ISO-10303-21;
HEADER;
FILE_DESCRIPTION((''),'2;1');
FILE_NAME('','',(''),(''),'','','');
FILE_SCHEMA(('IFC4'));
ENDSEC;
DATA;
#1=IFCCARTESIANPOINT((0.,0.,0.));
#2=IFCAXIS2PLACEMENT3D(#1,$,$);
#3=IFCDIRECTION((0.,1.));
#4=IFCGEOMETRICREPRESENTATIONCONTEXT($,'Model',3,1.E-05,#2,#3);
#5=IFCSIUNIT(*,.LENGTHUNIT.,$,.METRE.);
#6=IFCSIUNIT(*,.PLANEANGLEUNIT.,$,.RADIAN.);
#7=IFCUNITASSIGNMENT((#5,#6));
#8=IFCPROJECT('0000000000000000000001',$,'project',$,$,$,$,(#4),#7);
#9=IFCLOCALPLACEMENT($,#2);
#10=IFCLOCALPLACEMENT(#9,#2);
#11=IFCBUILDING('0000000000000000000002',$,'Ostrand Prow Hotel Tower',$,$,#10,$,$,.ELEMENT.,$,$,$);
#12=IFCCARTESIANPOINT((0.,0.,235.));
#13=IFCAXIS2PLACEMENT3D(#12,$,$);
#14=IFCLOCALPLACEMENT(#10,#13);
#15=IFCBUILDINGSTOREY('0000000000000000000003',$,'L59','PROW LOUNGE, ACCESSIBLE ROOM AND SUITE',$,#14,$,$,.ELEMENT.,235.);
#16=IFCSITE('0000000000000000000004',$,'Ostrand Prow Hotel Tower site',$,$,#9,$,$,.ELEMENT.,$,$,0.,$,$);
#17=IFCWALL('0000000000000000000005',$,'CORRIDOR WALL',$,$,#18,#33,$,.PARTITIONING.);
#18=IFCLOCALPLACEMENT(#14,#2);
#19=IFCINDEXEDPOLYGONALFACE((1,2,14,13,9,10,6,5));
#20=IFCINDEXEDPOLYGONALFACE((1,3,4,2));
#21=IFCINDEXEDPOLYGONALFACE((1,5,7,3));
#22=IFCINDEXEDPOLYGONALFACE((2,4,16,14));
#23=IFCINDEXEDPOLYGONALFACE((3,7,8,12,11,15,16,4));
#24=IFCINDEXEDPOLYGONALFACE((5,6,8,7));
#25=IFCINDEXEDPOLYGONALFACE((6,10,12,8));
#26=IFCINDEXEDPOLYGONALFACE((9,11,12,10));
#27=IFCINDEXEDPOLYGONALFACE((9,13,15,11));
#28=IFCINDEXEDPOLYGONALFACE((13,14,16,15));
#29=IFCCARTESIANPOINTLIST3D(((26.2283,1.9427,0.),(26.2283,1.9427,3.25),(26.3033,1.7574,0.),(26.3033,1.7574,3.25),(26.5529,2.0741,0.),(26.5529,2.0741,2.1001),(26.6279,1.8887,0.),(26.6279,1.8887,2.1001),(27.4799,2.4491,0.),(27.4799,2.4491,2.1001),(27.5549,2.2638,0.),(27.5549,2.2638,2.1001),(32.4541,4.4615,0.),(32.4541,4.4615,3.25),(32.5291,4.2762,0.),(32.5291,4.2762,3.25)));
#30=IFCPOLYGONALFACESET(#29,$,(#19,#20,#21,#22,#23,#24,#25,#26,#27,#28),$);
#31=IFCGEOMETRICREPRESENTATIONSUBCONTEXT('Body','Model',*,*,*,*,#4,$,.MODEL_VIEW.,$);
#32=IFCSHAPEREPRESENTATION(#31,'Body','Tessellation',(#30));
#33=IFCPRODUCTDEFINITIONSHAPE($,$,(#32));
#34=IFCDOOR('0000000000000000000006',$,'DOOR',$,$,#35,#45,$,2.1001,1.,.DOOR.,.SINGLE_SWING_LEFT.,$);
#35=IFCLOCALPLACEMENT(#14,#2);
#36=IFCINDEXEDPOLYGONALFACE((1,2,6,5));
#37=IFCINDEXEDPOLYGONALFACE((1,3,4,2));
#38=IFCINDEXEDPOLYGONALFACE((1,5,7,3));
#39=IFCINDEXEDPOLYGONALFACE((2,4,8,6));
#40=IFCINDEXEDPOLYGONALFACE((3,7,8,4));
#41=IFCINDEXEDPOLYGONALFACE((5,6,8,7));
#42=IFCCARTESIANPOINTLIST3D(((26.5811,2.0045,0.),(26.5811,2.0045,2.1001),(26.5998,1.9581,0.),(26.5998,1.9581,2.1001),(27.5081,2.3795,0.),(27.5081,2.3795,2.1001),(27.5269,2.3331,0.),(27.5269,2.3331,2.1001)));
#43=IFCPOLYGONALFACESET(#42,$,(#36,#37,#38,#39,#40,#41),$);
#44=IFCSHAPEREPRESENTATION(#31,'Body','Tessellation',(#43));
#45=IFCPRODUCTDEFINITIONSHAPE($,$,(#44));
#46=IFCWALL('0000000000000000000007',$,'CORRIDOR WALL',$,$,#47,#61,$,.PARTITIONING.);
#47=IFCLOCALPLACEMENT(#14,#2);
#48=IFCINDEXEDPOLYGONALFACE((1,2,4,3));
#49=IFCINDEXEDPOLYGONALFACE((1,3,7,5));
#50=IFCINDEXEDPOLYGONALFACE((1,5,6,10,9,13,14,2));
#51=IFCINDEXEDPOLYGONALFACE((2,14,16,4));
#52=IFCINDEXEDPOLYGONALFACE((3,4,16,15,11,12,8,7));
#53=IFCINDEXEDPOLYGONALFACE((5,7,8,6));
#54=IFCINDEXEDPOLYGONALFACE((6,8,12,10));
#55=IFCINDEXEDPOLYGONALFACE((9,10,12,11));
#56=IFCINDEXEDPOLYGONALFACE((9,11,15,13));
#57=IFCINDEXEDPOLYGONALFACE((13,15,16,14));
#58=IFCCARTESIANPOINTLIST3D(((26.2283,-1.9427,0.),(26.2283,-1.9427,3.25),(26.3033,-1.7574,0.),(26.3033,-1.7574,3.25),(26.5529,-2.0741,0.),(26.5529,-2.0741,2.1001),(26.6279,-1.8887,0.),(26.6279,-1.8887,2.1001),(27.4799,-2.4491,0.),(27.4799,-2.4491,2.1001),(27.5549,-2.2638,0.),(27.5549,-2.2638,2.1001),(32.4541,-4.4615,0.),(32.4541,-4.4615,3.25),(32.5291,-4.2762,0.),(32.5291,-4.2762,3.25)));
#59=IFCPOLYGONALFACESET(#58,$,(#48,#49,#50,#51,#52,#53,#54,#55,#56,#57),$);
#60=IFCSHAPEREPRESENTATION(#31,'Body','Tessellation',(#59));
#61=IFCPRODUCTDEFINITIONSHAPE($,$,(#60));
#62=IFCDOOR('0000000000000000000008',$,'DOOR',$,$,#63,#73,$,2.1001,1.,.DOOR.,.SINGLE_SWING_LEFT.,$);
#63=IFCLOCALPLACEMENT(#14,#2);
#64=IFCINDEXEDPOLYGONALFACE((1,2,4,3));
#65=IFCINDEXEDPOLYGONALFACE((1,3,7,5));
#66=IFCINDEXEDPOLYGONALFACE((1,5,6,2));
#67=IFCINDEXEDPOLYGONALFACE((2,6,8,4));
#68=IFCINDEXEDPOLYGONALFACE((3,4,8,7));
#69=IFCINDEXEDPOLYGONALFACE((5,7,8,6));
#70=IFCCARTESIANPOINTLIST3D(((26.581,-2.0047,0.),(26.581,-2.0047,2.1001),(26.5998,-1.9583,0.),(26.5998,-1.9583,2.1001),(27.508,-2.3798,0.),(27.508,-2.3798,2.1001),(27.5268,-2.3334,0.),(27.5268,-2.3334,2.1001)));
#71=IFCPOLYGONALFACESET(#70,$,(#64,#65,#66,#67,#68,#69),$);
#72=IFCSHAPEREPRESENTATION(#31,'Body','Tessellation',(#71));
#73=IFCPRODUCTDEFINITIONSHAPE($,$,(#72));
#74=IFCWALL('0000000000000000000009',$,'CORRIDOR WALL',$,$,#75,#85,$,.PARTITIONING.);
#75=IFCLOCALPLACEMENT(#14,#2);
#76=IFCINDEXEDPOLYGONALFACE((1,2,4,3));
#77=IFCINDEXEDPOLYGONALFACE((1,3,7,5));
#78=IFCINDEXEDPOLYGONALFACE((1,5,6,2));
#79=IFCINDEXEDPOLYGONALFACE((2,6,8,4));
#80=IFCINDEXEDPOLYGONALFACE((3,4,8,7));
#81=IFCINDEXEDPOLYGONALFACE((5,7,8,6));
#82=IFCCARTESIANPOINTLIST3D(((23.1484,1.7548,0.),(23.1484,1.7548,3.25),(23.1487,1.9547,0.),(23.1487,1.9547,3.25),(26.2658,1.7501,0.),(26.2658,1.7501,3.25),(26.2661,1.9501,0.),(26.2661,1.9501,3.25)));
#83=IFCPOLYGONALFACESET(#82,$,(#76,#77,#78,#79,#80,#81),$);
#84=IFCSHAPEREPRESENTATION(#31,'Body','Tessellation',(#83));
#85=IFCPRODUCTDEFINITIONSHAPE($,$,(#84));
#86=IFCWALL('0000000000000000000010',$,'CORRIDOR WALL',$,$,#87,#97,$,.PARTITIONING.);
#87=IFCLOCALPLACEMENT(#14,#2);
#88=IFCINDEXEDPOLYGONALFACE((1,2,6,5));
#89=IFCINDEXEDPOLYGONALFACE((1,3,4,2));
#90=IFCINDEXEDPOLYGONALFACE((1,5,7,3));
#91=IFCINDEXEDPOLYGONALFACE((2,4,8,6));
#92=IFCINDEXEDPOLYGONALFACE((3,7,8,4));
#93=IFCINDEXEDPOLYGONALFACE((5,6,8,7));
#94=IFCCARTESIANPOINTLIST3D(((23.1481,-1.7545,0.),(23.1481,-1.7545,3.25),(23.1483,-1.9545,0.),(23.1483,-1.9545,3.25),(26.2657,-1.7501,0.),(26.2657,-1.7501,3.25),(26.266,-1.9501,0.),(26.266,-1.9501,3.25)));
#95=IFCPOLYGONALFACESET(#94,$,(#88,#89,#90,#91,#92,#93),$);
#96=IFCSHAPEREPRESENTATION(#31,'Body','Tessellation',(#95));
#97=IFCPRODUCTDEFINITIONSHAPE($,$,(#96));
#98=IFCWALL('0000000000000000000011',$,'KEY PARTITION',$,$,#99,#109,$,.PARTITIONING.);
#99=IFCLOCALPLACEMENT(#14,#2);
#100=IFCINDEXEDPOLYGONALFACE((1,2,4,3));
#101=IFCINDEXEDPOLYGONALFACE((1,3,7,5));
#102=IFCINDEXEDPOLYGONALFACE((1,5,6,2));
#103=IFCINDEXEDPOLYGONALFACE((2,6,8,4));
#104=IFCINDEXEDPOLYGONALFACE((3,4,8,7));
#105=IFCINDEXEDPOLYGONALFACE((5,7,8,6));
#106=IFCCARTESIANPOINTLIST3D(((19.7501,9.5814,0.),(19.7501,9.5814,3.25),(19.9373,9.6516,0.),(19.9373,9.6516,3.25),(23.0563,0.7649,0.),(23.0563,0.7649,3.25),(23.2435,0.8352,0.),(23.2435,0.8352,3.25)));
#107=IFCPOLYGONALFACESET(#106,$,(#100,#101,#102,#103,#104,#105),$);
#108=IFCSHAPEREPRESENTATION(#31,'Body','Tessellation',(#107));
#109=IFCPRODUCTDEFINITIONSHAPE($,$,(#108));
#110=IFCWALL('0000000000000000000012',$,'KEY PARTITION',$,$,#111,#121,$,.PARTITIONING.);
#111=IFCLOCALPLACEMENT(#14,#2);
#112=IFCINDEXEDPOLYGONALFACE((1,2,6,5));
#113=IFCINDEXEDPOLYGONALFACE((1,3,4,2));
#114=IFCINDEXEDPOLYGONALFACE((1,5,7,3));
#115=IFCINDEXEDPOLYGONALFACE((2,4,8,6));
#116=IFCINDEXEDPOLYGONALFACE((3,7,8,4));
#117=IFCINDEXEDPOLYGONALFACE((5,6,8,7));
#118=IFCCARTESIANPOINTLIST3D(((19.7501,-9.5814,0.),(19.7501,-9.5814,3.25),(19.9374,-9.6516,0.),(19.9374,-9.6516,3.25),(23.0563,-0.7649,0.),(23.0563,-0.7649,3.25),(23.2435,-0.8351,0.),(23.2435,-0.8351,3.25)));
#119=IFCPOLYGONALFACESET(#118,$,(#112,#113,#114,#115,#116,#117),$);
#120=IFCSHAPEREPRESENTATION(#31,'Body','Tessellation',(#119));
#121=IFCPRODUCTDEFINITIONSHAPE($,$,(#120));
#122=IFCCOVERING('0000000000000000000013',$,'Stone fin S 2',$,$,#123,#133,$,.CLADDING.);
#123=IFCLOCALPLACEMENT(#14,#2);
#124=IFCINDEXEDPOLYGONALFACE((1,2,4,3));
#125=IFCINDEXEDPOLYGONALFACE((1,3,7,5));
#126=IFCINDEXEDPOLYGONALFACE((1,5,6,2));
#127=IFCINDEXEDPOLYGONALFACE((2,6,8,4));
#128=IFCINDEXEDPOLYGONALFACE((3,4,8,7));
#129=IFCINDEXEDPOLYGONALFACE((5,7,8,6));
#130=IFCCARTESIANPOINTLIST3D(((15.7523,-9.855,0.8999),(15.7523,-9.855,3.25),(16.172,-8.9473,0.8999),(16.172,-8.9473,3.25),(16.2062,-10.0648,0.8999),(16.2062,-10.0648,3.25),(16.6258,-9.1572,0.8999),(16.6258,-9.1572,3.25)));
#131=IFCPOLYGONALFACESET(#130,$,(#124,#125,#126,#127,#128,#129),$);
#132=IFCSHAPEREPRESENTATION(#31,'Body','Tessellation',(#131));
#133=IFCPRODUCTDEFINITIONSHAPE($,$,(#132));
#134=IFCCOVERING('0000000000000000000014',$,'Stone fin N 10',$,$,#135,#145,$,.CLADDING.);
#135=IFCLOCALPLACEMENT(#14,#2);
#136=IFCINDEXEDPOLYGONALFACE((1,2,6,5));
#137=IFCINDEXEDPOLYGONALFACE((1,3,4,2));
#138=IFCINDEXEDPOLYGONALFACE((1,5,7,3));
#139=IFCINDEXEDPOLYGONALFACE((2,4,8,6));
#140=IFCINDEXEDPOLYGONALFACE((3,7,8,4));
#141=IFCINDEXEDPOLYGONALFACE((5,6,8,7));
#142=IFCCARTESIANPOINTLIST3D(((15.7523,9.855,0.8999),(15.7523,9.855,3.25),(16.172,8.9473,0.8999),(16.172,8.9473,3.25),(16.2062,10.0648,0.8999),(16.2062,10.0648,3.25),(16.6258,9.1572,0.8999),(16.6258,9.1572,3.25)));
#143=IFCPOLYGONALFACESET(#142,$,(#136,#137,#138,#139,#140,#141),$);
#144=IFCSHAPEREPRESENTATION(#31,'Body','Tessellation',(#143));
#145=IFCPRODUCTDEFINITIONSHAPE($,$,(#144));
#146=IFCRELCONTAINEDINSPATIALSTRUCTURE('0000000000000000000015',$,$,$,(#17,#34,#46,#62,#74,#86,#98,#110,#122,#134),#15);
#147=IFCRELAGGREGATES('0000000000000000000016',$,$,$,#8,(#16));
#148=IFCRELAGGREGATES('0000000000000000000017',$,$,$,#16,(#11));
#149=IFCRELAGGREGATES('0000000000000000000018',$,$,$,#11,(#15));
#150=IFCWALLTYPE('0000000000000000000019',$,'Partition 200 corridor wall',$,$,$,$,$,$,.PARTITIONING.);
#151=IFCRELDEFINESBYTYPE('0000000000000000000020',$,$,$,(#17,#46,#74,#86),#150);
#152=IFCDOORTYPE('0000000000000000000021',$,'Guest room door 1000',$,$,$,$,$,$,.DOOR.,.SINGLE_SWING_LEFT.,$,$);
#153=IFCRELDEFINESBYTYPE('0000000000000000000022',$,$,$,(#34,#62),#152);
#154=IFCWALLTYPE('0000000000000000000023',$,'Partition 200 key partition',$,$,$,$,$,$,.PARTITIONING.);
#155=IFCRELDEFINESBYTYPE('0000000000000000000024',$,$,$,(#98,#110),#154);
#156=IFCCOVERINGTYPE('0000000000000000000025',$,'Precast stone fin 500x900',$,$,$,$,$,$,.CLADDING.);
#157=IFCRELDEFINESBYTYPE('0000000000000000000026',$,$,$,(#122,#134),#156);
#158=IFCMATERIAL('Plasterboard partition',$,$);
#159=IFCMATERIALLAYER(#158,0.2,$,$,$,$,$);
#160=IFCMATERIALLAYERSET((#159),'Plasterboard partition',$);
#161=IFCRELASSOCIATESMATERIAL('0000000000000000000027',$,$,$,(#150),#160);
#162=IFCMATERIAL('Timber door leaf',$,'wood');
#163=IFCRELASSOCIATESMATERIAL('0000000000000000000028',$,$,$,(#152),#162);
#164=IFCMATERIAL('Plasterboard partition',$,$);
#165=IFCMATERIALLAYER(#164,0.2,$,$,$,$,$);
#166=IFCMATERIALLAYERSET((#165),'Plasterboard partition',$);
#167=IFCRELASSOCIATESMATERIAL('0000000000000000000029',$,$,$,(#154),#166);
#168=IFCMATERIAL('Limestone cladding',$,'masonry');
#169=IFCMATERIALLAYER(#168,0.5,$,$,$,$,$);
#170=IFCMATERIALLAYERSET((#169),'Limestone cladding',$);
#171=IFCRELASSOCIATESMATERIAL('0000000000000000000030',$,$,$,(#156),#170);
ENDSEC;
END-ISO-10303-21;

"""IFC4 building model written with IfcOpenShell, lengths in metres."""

from ifc_helpers import new_model, si_unit, direction, frame, frame_2d, origin, place, context, subcontext, project, spatial, rectangle, extrude, material, layer, layer_set, type_object, element, fill, save


model = new_model("IFC4")

# Units and contexts
model_context = context("Model", 3, precision=1e-05, world=origin(), true_north=direction((0.0, 1.0)))
body_context = subcontext(model_context, "Body", "Model", "MODEL_VIEW")
ifc_project = project(units=[si_unit("LENGTHUNIT", "METRE"), si_unit("PLANEANGLEUNIT", "RADIAN")], contexts=[model_context])

# Site, building, storey
site_placement = place(None, origin())
site = spatial("IfcSite", under=ifc_project, at=site_placement, Name="Ostrand Prow Hotel Tower site", CompositionType="ELEMENT", RefElevation=0.0)
building_placement = place(site_placement, origin())
building = spatial("IfcBuilding", under=site, at=building_placement, Name="Ostrand Prow Hotel Tower", CompositionType="ELEMENT")
storey_placement = place(building_placement, frame((0.0, 0.0, 235.0)))
storey = spatial("IfcBuildingStorey", under=building, at=storey_placement, Name="L59", Description="PROW LOUNGE, ACCESSIBLE ROOM AND SUITE", CompositionType="ELEMENT", Elevation=235.0)

# Walls, openings, doors
ifc_material_1 = material(Name="Plasterboard partition")
ifc_layer_1 = layer(ifc_material_1, 0.2)
ifc_layer_set_1 = layer_set([ifc_layer_1], Name="Plasterboard partition")
wall_type_1 = type_object("IfcWallType", Name="Partition 200 corridor wall", PredefinedType="PARTITIONING", material=ifc_layer_set_1)
wall_1_placement = place(storey_placement, frame((26.2659, 1.8501, 0.0), z_axis=(0.0, 0.0, 1.0), x_axis=(0.927008, 0.375042, 0.0)))
wall_1 = element("IfcWall", 1, at=wall_1_placement, inside=storey, type_object=wall_type_1, Name="CORRIDOR WALL", PredefinedType="PARTITIONING", context=body_context, shape_type="SweptSolid", body=[
    extrude(rectangle(XDim=6.7161, YDim=0.2, at=frame_2d((3.3579, 0.0))), origin(), (0.0, 0.0, 1.0), 3.25),
])
opening_1_placement = place(wall_1_placement, frame((0.3501, 0.0, 0.0)))
opening_1 = element("IfcOpeningElement", 2, at=opening_1_placement, cuts=wall_1, PredefinedType="OPENING", context=body_context, shape_type="SweptSolid", body=[
    extrude(rectangle(XDim=1.0, YDim=2.1001, at=frame_2d((0.5, 1.05))), frame((0.0, 0.1099, 0.0), z_axis=(0.0, -1.0, 0.0), x_axis=(1.0, 0.0, 0.0)), (0.0, 0.0, 1.0), 0.22),
])
ifc_material_2 = material(Name="Timber door leaf", Category="wood")
door_type = type_object("IfcDoorType", Name="Guest room door 1000", OperationType="SINGLE_SWING_LEFT", PredefinedType="DOOR", material=ifc_material_2)
door_1_placement = place(opening_1_placement, origin())
door_1 = element("IfcDoor", 3, at=door_1_placement, inside=storey, type_object=door_type, Name="DOOR", OperationType="SINGLE_SWING_LEFT", OverallHeight=2.1001, OverallWidth=1.0, PredefinedType="DOOR", context=body_context, shape_type="SweptSolid", body=[
    extrude(rectangle(XDim=1.0, YDim=2.1001, at=frame_2d((0.5, 1.05))), frame((0.0, 0.0249, 0.0), z_axis=(0.0, -1.0, 0.0), x_axis=(1.0, 0.0, 0.0)), (0.0, 0.0, 1.0), 0.05),
])
fill(opening_1, door_1)
wall_2_placement = place(storey_placement, frame((26.2659, -1.8501, 0.0), z_axis=(0.0, 0.0, 1.0), x_axis=(0.927008, -0.375042, 0.0)))
wall_2 = element("IfcWall", 4, at=wall_2_placement, inside=storey, type_object=wall_type_1, Name="CORRIDOR WALL", PredefinedType="PARTITIONING", context=body_context, shape_type="SweptSolid", body=[
    extrude(rectangle(XDim=6.7161, YDim=0.2, at=frame_2d((3.3579, 0.0))), origin(), (0.0, 0.0, 1.0), 3.25),
])
opening_2_placement = place(wall_2_placement, frame((0.3501, 0.0, 0.0)))
opening_2 = element("IfcOpeningElement", 5, at=opening_2_placement, cuts=wall_2, PredefinedType="OPENING", context=body_context, shape_type="SweptSolid", body=[
    extrude(rectangle(XDim=1.0, YDim=2.1001, at=frame_2d((0.5, 1.05))), frame((0.0, 0.1099, 0.0), z_axis=(0.0, -1.0, 0.0), x_axis=(1.0, 0.0, 0.0)), (0.0, 0.0, 1.0), 0.22),
])
door_2_placement = place(opening_2_placement, origin())
door_2 = element("IfcDoor", 6, at=door_2_placement, inside=storey, type_object=door_type, Name="DOOR", OperationType="SINGLE_SWING_LEFT", OverallHeight=2.1001, OverallWidth=1.0, PredefinedType="DOOR", context=body_context, shape_type="SweptSolid", body=[
    extrude(rectangle(XDim=1.0, YDim=2.1001, at=frame_2d((0.5, 1.05))), frame((0.0, 0.0249, 0.0), z_axis=(0.0, -1.0, 0.0), x_axis=(1.0, 0.0, 0.0)), (0.0, 0.0, 1.0), 0.05),
])
fill(opening_2, door_2)

# Walls
wall_3_placement = place(storey_placement, frame((26.2659, 1.8501, 0.0), z_axis=(0.0, 0.0, 1.0), x_axis=(-0.999999, 0.001488, 0.0)))
element("IfcWall", 7, at=wall_3_placement, inside=storey, type_object=wall_type_1, Name="CORRIDOR WALL", PredefinedType="PARTITIONING", context=body_context, shape_type="SweptSolid", body=[
    extrude(rectangle(XDim=3.1174, YDim=0.2, at=frame_2d((1.5586, 0.0))), origin(), (0.0, 0.0, 1.0), 3.25),
])
wall_4_placement = place(storey_placement, frame((23.1482, -1.8545, 0.0), z_axis=(0.0, 0.0, 1.0), x_axis=(0.999999, 0.00141, 0.0)))
element("IfcWall", 8, at=wall_4_placement, inside=storey, type_object=wall_type_1, Name="CORRIDOR WALL", PredefinedType="PARTITIONING", context=body_context, shape_type="SweptSolid", body=[
    extrude(rectangle(XDim=3.1177, YDim=0.2, at=frame_2d((1.5588, 0.0))), origin(), (0.0, 0.0, 1.0), 3.25),
])
ifc_material_3 = material(Name="Plasterboard partition")
ifc_layer_2 = layer(ifc_material_3, 0.2)
ifc_layer_set_2 = layer_set([ifc_layer_2], Name="Plasterboard partition")
wall_type_2 = type_object("IfcWallType", Name="Partition 200 key partition", PredefinedType="PARTITIONING", material=ifc_layer_set_2)
for number, where, z_axis, x_axis, name in (
    (9, (23.1499, 0.8, 0.0), (0.0, 0.0, 1.0), (-0.351123, 0.936329, 0.0), "KEY PARTITION"),
    (10, (19.8438, -9.6165, 0.0), (0.0, 0.0, 1.0), (0.351123, 0.936329, 0.0), "KEY PARTITION"),
):
    element("IfcWall", number, at=place(storey_placement, frame(where, z_axis=z_axis, x_axis=x_axis)), inside=storey, type_object=wall_type_2, Name=name, PredefinedType="PARTITIONING", context=body_context, shape_type="SweptSolid", body=[
        extrude(rectangle(XDim=9.416, YDim=0.2, at=frame_2d((4.708, 0.0))), origin(), (0.0, 0.0, 1.0), 3.25),
    ])

# Coverings
ifc_material_4 = material(Name="Limestone cladding", Category="masonry")
ifc_layer_3 = layer(ifc_material_4, 0.5)
ifc_layer_set_3 = layer_set([ifc_layer_3], Name="Limestone cladding")
covering_type = type_object("IfcCoveringType", Name="Precast stone fin 500x900", PredefinedType="CLADDING", material=ifc_layer_set_3)
for number, where, z_axis, x_axis, name in (
    (11, (16.3989, -9.0522, 0.8999), (0.0, 0.0, 1.0), (-0.419662, -0.907681, 0.0), "Stone fin S 2"),
    (12, (16.3989, 9.0522, 0.8999), (0.0, 0.0, 1.0), (-0.419662, 0.907681, 0.0), "Stone fin N 10"),
):
    element("IfcCovering", number, at=place(storey_placement, frame(where, z_axis=z_axis, x_axis=x_axis)), inside=storey, type_object=covering_type, Name=name, PredefinedType="CLADDING", context=body_context, shape_type="SweptSolid", body=[
        extrude(rectangle(XDim=1.0, YDim=0.5, at=frame_2d((0.5, 0.0))), origin(), (0.0, 0.0, 1.0), 2.3501),
    ])

save(model, "model.ifc")
